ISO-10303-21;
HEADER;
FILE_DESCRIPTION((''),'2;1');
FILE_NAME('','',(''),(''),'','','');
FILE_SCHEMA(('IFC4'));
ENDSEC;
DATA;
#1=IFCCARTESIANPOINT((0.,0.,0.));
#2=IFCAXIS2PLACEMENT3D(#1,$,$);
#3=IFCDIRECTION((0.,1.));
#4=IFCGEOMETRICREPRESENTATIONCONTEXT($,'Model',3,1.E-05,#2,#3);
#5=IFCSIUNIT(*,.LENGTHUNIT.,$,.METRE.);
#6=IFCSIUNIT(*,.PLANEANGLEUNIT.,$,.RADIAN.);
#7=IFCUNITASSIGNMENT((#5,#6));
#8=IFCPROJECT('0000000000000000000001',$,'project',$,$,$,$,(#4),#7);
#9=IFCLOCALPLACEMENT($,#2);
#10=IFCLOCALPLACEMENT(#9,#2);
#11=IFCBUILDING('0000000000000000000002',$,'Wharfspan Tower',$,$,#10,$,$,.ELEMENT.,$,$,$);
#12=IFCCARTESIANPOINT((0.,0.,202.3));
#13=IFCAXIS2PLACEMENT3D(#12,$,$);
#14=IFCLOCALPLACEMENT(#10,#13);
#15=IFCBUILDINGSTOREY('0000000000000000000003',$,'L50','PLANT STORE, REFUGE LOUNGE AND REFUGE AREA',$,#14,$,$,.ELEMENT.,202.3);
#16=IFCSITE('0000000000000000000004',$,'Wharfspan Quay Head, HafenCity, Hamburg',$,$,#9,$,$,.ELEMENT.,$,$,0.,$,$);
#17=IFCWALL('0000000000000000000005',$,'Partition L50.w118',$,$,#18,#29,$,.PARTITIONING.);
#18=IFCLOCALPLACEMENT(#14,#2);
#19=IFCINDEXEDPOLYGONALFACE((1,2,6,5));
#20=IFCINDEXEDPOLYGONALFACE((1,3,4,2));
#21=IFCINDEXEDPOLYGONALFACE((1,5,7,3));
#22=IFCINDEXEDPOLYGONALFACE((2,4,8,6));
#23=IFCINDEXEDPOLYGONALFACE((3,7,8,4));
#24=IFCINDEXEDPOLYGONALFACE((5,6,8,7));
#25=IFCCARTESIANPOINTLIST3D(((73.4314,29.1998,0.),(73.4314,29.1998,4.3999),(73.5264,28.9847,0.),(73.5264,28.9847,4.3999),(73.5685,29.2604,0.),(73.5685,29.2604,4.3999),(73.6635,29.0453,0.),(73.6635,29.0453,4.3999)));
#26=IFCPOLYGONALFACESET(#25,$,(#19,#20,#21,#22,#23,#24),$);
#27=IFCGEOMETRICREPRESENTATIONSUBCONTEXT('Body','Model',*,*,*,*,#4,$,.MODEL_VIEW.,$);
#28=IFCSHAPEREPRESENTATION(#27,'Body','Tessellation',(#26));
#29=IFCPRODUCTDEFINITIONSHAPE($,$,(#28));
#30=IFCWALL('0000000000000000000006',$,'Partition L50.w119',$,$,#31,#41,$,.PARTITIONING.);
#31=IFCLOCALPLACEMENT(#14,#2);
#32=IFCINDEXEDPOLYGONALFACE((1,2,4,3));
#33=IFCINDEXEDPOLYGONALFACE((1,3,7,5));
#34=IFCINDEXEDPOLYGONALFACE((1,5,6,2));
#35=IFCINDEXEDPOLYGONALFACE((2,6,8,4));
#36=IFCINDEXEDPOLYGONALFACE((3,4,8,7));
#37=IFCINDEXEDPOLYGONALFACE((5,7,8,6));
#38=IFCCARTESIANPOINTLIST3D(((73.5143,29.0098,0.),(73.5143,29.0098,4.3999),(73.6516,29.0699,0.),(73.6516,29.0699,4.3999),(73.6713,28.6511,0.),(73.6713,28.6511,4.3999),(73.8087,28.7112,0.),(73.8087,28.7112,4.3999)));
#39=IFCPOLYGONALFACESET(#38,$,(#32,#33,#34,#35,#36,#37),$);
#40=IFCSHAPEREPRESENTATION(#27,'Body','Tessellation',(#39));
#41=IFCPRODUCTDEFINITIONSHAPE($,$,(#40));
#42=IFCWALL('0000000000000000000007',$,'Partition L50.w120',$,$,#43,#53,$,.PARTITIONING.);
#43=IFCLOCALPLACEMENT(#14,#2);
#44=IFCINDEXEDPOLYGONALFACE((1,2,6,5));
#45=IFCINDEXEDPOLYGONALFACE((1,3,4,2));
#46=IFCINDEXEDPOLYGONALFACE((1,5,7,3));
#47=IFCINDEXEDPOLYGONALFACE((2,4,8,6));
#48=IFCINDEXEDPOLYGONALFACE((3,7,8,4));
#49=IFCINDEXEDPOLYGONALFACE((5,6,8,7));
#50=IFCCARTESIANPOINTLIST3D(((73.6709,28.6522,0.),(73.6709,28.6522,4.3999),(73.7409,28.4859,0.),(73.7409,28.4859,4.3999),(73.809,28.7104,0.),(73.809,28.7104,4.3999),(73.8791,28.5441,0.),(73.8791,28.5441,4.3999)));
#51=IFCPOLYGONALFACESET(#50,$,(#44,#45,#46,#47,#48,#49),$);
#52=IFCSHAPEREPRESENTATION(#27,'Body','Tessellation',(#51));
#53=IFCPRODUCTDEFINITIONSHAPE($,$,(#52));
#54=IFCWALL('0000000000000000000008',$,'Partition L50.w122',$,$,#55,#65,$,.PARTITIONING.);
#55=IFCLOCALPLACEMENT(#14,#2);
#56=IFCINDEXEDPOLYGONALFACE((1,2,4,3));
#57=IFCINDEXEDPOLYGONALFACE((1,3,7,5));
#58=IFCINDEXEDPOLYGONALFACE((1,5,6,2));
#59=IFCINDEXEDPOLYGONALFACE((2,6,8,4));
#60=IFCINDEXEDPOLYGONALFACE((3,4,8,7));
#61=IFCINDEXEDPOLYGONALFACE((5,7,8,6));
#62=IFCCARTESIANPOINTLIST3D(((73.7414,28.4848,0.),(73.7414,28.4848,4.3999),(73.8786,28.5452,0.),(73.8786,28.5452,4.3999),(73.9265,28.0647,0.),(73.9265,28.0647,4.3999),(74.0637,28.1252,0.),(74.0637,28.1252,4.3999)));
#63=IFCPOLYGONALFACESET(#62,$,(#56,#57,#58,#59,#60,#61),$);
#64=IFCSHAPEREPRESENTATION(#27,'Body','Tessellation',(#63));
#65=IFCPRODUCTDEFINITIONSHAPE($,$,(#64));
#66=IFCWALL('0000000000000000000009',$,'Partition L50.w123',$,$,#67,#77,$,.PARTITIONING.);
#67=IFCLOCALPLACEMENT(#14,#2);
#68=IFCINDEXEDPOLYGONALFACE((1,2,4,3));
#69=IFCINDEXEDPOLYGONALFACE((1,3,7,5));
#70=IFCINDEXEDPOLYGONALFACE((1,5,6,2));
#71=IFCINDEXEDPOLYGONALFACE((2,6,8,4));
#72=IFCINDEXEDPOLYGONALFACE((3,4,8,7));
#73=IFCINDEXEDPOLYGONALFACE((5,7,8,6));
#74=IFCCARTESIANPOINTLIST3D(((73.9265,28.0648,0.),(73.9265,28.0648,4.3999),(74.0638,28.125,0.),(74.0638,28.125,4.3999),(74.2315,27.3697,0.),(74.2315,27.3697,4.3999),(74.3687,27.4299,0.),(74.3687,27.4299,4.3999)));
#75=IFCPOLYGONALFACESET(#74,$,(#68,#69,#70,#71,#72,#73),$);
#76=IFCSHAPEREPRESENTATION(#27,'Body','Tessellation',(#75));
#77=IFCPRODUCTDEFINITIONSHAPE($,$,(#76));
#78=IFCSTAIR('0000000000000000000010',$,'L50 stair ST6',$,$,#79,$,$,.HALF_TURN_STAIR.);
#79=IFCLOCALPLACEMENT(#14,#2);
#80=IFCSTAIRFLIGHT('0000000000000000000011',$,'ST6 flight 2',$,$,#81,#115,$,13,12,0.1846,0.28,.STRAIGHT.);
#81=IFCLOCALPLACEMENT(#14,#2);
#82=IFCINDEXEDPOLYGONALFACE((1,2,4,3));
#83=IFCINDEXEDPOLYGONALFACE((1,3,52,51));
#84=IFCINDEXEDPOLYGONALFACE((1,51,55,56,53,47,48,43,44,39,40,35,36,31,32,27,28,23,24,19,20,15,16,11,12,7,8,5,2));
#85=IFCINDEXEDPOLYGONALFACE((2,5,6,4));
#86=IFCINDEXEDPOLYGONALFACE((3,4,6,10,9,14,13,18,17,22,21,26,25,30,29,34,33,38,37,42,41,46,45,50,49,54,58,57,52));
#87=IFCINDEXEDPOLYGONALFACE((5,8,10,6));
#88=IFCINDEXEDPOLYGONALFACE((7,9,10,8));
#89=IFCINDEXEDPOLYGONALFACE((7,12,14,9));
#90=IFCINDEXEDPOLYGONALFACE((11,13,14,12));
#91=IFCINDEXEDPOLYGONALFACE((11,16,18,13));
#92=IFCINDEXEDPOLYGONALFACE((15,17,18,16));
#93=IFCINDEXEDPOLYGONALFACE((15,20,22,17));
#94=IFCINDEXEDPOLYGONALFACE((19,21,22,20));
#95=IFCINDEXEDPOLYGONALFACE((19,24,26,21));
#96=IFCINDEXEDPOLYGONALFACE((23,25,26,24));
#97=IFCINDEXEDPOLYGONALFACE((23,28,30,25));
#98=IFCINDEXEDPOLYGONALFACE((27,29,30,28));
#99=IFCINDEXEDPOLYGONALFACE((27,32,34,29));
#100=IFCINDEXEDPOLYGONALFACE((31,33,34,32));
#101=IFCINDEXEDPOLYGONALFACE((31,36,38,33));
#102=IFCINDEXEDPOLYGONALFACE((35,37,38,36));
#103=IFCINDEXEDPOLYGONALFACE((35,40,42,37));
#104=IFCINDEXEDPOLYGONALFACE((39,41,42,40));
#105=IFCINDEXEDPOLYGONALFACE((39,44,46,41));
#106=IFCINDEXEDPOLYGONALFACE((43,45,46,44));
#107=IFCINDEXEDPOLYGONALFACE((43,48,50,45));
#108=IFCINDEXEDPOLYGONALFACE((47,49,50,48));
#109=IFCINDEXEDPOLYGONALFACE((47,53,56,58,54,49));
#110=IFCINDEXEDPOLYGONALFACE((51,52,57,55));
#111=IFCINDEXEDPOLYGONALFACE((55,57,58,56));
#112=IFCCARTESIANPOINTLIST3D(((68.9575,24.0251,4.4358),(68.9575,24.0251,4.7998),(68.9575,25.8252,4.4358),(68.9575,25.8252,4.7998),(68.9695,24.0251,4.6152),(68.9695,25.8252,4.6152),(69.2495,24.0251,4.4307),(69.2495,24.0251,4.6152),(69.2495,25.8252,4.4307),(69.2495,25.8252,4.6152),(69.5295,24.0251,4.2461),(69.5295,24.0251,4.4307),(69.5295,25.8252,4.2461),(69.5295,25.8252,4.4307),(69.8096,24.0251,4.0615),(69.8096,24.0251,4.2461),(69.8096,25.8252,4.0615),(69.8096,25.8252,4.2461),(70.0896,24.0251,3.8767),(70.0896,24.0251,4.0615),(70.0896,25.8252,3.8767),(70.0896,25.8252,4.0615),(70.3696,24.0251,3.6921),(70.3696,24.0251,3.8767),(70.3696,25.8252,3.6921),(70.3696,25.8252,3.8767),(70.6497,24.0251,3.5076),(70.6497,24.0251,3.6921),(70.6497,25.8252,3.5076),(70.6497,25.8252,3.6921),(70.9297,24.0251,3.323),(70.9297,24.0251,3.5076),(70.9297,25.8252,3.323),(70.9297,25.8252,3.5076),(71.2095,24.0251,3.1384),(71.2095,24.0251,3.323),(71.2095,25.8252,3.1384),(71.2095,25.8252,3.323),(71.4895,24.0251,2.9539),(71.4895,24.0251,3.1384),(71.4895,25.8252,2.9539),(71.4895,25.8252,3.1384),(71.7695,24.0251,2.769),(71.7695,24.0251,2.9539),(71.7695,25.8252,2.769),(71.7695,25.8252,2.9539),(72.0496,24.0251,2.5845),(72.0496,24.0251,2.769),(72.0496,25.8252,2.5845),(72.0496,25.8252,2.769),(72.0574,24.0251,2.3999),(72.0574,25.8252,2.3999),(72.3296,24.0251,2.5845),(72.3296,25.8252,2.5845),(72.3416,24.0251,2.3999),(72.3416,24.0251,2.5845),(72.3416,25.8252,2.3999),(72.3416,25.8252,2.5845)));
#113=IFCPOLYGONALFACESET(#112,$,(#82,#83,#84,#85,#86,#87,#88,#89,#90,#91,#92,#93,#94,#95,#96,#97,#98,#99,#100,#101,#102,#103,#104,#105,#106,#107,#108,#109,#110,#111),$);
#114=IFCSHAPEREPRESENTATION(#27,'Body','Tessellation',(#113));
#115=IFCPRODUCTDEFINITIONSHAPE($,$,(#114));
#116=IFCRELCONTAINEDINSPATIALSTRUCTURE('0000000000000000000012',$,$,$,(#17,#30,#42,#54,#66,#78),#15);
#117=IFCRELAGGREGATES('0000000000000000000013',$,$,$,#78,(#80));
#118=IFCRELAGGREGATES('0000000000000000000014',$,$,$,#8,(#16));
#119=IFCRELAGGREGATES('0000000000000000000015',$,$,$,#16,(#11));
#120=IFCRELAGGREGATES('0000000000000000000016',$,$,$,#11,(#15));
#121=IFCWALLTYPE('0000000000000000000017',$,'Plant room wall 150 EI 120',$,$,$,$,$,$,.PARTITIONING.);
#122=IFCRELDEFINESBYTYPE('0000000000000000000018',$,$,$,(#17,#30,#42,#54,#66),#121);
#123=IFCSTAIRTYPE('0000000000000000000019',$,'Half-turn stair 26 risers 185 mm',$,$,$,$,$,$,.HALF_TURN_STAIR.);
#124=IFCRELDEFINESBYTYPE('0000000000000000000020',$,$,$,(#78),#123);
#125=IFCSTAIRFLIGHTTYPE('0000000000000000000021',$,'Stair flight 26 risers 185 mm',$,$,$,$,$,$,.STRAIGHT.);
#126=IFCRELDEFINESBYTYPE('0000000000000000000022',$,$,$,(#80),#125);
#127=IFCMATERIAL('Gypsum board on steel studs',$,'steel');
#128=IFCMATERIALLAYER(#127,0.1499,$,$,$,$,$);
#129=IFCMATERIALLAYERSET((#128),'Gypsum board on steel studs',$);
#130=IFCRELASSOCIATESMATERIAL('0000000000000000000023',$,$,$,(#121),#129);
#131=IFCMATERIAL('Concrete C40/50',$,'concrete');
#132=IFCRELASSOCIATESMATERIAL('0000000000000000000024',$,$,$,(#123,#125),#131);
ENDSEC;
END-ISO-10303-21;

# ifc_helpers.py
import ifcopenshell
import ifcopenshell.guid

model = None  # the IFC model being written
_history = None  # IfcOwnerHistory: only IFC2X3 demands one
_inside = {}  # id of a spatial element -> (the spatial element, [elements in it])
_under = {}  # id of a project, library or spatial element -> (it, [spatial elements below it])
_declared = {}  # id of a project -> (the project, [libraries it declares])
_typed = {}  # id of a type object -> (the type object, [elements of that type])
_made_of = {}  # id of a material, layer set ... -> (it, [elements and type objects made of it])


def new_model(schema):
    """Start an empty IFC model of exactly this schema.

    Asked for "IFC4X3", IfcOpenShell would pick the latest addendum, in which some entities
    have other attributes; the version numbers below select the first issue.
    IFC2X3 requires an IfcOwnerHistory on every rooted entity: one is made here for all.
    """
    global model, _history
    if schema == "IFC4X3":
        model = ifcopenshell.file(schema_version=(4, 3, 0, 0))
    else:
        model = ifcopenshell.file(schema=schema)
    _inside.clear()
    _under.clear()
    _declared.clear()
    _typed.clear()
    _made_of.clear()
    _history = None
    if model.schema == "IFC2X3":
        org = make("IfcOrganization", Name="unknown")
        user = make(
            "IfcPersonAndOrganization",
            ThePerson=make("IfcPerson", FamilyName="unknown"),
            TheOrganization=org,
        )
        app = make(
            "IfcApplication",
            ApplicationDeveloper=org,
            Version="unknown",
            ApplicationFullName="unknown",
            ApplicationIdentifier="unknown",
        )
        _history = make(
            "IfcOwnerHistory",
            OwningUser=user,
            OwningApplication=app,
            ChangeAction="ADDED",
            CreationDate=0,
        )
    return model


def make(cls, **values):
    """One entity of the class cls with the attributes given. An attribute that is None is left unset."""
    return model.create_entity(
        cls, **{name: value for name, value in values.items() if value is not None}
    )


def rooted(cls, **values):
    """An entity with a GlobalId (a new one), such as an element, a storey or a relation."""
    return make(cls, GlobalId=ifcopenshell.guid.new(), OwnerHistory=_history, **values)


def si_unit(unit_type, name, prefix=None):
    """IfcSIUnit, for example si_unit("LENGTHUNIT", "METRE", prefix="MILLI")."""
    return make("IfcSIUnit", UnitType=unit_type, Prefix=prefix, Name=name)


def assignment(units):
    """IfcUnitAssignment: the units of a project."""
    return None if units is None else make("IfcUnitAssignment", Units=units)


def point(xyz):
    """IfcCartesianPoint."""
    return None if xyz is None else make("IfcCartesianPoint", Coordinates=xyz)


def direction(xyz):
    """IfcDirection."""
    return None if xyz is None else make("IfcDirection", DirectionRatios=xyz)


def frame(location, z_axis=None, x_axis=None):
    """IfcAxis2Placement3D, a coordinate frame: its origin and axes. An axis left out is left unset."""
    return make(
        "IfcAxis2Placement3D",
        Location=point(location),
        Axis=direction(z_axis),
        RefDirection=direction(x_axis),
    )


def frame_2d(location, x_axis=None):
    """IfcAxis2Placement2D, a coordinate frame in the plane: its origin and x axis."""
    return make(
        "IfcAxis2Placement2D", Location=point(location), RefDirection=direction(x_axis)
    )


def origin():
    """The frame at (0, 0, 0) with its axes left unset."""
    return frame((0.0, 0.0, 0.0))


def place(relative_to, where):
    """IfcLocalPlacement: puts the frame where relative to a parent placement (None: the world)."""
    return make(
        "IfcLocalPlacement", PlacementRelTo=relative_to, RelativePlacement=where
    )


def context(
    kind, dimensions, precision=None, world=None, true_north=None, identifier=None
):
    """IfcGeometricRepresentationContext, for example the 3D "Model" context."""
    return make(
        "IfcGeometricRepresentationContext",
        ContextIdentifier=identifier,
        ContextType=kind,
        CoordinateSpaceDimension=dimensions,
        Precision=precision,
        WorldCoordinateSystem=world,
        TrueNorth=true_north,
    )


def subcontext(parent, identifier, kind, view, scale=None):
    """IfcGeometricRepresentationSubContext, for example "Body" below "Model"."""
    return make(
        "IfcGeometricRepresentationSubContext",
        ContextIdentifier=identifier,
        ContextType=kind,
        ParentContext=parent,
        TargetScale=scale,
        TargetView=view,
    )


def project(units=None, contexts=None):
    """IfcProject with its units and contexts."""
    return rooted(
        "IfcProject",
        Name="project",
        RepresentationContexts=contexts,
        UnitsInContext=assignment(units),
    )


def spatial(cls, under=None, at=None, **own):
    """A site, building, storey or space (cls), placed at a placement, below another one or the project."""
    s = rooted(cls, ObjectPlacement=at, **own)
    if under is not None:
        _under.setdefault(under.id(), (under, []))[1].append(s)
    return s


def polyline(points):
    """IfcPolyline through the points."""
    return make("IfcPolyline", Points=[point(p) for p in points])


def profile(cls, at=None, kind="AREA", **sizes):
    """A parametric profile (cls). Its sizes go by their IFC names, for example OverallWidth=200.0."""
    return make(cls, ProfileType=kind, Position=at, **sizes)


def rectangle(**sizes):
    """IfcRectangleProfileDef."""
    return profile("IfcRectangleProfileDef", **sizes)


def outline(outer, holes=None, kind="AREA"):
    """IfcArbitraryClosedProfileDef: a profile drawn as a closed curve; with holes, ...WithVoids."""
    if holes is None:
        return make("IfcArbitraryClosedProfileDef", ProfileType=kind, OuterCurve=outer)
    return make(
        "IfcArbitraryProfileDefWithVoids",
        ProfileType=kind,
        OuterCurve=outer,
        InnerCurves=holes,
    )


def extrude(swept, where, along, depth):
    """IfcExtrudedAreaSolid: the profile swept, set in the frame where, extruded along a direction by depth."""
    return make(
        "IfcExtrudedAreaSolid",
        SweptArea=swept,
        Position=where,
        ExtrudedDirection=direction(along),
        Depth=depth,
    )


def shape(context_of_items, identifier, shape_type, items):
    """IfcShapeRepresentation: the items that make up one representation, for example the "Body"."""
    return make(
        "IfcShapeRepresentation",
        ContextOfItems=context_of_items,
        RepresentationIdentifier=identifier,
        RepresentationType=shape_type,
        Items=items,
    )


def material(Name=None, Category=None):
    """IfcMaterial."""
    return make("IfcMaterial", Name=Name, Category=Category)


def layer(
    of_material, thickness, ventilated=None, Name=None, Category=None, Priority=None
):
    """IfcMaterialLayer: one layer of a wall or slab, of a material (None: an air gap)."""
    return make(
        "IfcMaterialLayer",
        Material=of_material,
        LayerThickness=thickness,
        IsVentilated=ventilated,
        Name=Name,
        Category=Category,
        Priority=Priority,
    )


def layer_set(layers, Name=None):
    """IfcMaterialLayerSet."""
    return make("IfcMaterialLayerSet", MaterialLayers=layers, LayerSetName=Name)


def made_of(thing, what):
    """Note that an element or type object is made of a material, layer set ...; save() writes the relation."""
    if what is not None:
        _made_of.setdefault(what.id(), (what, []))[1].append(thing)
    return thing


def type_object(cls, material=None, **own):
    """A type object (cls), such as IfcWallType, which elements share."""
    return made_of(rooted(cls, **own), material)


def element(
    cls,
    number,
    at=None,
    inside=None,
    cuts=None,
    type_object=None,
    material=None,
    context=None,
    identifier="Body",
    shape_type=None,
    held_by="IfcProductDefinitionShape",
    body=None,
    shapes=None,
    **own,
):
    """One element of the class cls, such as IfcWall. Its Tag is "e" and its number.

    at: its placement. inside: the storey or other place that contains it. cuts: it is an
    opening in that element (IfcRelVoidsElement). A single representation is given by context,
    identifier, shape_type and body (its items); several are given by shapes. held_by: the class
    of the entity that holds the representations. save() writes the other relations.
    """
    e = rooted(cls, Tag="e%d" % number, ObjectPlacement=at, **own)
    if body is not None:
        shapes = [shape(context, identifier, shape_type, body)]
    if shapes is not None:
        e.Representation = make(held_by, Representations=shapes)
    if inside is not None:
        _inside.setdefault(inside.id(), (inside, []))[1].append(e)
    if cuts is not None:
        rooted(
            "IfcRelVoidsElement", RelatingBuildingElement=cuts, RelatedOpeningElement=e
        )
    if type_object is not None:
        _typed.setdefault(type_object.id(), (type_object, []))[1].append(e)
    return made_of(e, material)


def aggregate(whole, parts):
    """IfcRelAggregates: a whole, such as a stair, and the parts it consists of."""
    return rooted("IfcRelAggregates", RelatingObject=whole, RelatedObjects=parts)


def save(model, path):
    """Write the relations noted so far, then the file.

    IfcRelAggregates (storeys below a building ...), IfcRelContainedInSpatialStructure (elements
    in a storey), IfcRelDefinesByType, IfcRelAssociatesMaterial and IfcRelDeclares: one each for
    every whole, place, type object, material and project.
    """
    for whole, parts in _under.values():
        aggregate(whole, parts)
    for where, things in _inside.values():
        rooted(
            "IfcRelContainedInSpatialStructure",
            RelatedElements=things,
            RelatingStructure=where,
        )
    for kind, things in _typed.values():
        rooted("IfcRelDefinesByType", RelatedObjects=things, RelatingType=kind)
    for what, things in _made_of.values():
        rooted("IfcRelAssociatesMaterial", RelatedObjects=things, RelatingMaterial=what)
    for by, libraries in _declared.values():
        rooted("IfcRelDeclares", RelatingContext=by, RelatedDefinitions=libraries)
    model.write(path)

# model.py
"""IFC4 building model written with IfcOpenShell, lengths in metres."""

from ifc_helpers import new_model, si_unit, direction, frame, frame_2d, origin, place, context, subcontext, project, spatial, polyline, rectangle, outline, extrude, material, layer, layer_set, type_object, element, aggregate, save


model = new_model("IFC4")

# Units and contexts
model_context = context("Model", 3, precision=1e-05, world=origin(), true_north=direction((0.0, 1.0)))
body_context = subcontext(model_context, "Body", "Model", "MODEL_VIEW")
ifc_project = project(units=[si_unit("LENGTHUNIT", "METRE"), si_unit("PLANEANGLEUNIT", "RADIAN")], contexts=[model_context])

# Site, building, storey
site_placement = place(None, origin())
site = spatial("IfcSite", under=ifc_project, at=site_placement, Name="Wharfspan Quay Head, HafenCity, Hamburg", CompositionType="ELEMENT", RefElevation=0.0)
building_placement = place(site_placement, origin())
building = spatial("IfcBuilding", under=site, at=building_placement, Name="Wharfspan Tower", CompositionType="ELEMENT")
storey_placement = place(building_placement, frame((0.0, 0.0, 202.3)))
storey = spatial("IfcBuildingStorey", under=building, at=storey_placement, Name="L50", Description="PLANT STORE, REFUGE LOUNGE AND REFUGE AREA", CompositionType="ELEMENT", Elevation=202.3)

# Walls
ifc_material_1 = material(Name="Gypsum board on steel studs", Category="steel")
ifc_layer_1 = layer(ifc_material_1, 0.1499)
ifc_layer_set_1 = layer_set([ifc_layer_1], Name="Gypsum board on steel studs")
wall_type = type_object("IfcWallType", Name="Plant room wall 150 EI 120", PredefinedType="PARTITIONING", material=ifc_layer_set_1)
wall_1_placement = place(storey_placement, frame((73.595, 29.0149, 0.0), z_axis=(0.0, 0.0, 1.0), x_axis=(-0.403922, 0.914795, 0.0)))
element("IfcWall", 1, at=wall_1_placement, inside=storey, type_object=wall_type, Name="Partition L50.w118", PredefinedType="PARTITIONING", context=body_context, shape_type="SweptSolid", body=[
    extrude(rectangle(XDim=0.2351, YDim=0.1499, at=frame_2d((0.1177, 0.0))), origin(), (0.0, 0.0, 1.0), 4.3999),
])
wall_2_placement = place(storey_placement, frame((73.74, 28.6812, 0.0), z_axis=(0.0, 0.0, 1.0), x_axis=(-0.400983, 0.916087, 0.0)))
element("IfcWall", 2, at=wall_2_placement, inside=storey, type_object=wall_type, Name="Partition L50.w119", PredefinedType="PARTITIONING", context=body_context, shape_type="SweptSolid", body=[
    extrude(rectangle(XDim=0.3916, YDim=0.1499, at=frame_2d((0.1958, 0.0))), origin(), (0.0, 0.0, 1.0), 4.3999),
])
wall_3_placement = place(storey_placement, frame((73.8101, 28.5149, 0.0), z_axis=(0.0, 0.0, 1.0), x_axis=(-0.388359, 0.921507, 0.0)))
element("IfcWall", 3, at=wall_3_placement, inside=storey, type_object=wall_type, Name="Partition L50.w120", PredefinedType="PARTITIONING", context=body_context, shape_type="SweptSolid", body=[
    extrude(rectangle(XDim=0.1804, YDim=0.1499, at=frame_2d((0.0903, 0.0))), origin(), (0.0, 0.0, 1.0), 4.3999),
])
wall_4_placement = place(storey_placement, frame((73.9951, 28.095, 0.0), z_axis=(0.0, 0.0, 1.0), x_axis=(-0.403275, 0.915083, 0.0)))
element("IfcWall", 4, at=wall_4_placement, inside=storey, type_object=wall_type, Name="Partition L50.w122", PredefinedType="PARTITIONING", context=body_context, shape_type="SweptSolid", body=[
    extrude(rectangle(XDim=0.459, YDim=0.1499, at=frame_2d((0.2295, 0.0))), origin(), (0.0, 0.0, 1.0), 4.3999),
])
wall_5_placement = place(storey_placement, frame((74.3, 27.3999, 0.0), z_axis=(0.0, 0.0, 1.0), x_axis=(-0.401745, 0.915747, 0.0)))
element("IfcWall", 5, at=wall_5_placement, inside=storey, type_object=wall_type, Name="Partition L50.w123", PredefinedType="PARTITIONING", context=body_context, shape_type="SweptSolid", body=[
    extrude(rectangle(XDim=0.759, YDim=0.1499, at=frame_2d((0.3794, 0.0))), origin(), (0.0, 0.0, 1.0), 4.3999),
])

# Stair, stair flight
ifc_material_2 = material(Name="Concrete C40/50", Category="concrete")
stair_type = type_object("IfcStairType", Name="Half-turn stair 26 risers 185 mm", PredefinedType="HALF_TURN_STAIR", material=ifc_material_2)
stair_placement = place(storey_placement, origin())
stair = element("IfcStair", 6, at=stair_placement, inside=storey, type_object=stair_type, Name="L50 stair ST6", PredefinedType="HALF_TURN_STAIR")
stair_flight_type = type_object("IfcStairFlightType", Name="Stair flight 26 risers 185 mm", PredefinedType="STRAIGHT", material=ifc_material_2)
stair_flight_placement = place(storey_placement, frame((72.3296, 24.925, 2.3999), z_axis=(0.0, 0.0, 1.0), x_axis=(-1.0, 0.0, 0.0)))
stair_flight = element("IfcStairFlight", 7, at=stair_flight_placement, type_object=stair_flight_type, Name="ST6 flight 2", NumberOfRisers=13, NumberOfTreads=12, PredefinedType="STRAIGHT", RiserHeight=0.1846, TreadLength=0.28, context=body_context, shape_type="SweptSolid", body=[
    extrude(outline(polyline([(-0.012, 0.0), (-0.012, 0.1846), (0.0, 0.1846), (0.28, 0.1846), (0.28, 0.3691), (0.5601, 0.3691), (0.5601, 0.554), (0.8401, 0.554), (0.8401, 0.7385), (1.1201, 0.7385), (1.1201, 0.9231), (1.3999, 0.9231), (1.3999, 1.1077), (1.6799, 1.1077), (1.6799, 1.2922), (1.96, 1.2922), (1.96, 1.4768), (2.24, 1.4768), (2.24, 1.6616), (2.52, 1.6616), (2.52, 1.8462), (2.8, 1.8462), (2.8, 2.0308), (3.0801, 2.0308), (3.0801, 2.2153), (3.3601, 2.2153), (3.3721, 2.3999), (3.3721, 2.0359), (0.2722, 0.0), (-0.012, 0.0)])), frame((0.0, 0.8999, 0.0), z_axis=(0.0, -1.0, 0.0), x_axis=(1.0, 0.0, 0.0)), (0.0, 0.0, 1.0), 1.8),
])
aggregate(stair, [stair_flight])

save(model, "model.ifc")
